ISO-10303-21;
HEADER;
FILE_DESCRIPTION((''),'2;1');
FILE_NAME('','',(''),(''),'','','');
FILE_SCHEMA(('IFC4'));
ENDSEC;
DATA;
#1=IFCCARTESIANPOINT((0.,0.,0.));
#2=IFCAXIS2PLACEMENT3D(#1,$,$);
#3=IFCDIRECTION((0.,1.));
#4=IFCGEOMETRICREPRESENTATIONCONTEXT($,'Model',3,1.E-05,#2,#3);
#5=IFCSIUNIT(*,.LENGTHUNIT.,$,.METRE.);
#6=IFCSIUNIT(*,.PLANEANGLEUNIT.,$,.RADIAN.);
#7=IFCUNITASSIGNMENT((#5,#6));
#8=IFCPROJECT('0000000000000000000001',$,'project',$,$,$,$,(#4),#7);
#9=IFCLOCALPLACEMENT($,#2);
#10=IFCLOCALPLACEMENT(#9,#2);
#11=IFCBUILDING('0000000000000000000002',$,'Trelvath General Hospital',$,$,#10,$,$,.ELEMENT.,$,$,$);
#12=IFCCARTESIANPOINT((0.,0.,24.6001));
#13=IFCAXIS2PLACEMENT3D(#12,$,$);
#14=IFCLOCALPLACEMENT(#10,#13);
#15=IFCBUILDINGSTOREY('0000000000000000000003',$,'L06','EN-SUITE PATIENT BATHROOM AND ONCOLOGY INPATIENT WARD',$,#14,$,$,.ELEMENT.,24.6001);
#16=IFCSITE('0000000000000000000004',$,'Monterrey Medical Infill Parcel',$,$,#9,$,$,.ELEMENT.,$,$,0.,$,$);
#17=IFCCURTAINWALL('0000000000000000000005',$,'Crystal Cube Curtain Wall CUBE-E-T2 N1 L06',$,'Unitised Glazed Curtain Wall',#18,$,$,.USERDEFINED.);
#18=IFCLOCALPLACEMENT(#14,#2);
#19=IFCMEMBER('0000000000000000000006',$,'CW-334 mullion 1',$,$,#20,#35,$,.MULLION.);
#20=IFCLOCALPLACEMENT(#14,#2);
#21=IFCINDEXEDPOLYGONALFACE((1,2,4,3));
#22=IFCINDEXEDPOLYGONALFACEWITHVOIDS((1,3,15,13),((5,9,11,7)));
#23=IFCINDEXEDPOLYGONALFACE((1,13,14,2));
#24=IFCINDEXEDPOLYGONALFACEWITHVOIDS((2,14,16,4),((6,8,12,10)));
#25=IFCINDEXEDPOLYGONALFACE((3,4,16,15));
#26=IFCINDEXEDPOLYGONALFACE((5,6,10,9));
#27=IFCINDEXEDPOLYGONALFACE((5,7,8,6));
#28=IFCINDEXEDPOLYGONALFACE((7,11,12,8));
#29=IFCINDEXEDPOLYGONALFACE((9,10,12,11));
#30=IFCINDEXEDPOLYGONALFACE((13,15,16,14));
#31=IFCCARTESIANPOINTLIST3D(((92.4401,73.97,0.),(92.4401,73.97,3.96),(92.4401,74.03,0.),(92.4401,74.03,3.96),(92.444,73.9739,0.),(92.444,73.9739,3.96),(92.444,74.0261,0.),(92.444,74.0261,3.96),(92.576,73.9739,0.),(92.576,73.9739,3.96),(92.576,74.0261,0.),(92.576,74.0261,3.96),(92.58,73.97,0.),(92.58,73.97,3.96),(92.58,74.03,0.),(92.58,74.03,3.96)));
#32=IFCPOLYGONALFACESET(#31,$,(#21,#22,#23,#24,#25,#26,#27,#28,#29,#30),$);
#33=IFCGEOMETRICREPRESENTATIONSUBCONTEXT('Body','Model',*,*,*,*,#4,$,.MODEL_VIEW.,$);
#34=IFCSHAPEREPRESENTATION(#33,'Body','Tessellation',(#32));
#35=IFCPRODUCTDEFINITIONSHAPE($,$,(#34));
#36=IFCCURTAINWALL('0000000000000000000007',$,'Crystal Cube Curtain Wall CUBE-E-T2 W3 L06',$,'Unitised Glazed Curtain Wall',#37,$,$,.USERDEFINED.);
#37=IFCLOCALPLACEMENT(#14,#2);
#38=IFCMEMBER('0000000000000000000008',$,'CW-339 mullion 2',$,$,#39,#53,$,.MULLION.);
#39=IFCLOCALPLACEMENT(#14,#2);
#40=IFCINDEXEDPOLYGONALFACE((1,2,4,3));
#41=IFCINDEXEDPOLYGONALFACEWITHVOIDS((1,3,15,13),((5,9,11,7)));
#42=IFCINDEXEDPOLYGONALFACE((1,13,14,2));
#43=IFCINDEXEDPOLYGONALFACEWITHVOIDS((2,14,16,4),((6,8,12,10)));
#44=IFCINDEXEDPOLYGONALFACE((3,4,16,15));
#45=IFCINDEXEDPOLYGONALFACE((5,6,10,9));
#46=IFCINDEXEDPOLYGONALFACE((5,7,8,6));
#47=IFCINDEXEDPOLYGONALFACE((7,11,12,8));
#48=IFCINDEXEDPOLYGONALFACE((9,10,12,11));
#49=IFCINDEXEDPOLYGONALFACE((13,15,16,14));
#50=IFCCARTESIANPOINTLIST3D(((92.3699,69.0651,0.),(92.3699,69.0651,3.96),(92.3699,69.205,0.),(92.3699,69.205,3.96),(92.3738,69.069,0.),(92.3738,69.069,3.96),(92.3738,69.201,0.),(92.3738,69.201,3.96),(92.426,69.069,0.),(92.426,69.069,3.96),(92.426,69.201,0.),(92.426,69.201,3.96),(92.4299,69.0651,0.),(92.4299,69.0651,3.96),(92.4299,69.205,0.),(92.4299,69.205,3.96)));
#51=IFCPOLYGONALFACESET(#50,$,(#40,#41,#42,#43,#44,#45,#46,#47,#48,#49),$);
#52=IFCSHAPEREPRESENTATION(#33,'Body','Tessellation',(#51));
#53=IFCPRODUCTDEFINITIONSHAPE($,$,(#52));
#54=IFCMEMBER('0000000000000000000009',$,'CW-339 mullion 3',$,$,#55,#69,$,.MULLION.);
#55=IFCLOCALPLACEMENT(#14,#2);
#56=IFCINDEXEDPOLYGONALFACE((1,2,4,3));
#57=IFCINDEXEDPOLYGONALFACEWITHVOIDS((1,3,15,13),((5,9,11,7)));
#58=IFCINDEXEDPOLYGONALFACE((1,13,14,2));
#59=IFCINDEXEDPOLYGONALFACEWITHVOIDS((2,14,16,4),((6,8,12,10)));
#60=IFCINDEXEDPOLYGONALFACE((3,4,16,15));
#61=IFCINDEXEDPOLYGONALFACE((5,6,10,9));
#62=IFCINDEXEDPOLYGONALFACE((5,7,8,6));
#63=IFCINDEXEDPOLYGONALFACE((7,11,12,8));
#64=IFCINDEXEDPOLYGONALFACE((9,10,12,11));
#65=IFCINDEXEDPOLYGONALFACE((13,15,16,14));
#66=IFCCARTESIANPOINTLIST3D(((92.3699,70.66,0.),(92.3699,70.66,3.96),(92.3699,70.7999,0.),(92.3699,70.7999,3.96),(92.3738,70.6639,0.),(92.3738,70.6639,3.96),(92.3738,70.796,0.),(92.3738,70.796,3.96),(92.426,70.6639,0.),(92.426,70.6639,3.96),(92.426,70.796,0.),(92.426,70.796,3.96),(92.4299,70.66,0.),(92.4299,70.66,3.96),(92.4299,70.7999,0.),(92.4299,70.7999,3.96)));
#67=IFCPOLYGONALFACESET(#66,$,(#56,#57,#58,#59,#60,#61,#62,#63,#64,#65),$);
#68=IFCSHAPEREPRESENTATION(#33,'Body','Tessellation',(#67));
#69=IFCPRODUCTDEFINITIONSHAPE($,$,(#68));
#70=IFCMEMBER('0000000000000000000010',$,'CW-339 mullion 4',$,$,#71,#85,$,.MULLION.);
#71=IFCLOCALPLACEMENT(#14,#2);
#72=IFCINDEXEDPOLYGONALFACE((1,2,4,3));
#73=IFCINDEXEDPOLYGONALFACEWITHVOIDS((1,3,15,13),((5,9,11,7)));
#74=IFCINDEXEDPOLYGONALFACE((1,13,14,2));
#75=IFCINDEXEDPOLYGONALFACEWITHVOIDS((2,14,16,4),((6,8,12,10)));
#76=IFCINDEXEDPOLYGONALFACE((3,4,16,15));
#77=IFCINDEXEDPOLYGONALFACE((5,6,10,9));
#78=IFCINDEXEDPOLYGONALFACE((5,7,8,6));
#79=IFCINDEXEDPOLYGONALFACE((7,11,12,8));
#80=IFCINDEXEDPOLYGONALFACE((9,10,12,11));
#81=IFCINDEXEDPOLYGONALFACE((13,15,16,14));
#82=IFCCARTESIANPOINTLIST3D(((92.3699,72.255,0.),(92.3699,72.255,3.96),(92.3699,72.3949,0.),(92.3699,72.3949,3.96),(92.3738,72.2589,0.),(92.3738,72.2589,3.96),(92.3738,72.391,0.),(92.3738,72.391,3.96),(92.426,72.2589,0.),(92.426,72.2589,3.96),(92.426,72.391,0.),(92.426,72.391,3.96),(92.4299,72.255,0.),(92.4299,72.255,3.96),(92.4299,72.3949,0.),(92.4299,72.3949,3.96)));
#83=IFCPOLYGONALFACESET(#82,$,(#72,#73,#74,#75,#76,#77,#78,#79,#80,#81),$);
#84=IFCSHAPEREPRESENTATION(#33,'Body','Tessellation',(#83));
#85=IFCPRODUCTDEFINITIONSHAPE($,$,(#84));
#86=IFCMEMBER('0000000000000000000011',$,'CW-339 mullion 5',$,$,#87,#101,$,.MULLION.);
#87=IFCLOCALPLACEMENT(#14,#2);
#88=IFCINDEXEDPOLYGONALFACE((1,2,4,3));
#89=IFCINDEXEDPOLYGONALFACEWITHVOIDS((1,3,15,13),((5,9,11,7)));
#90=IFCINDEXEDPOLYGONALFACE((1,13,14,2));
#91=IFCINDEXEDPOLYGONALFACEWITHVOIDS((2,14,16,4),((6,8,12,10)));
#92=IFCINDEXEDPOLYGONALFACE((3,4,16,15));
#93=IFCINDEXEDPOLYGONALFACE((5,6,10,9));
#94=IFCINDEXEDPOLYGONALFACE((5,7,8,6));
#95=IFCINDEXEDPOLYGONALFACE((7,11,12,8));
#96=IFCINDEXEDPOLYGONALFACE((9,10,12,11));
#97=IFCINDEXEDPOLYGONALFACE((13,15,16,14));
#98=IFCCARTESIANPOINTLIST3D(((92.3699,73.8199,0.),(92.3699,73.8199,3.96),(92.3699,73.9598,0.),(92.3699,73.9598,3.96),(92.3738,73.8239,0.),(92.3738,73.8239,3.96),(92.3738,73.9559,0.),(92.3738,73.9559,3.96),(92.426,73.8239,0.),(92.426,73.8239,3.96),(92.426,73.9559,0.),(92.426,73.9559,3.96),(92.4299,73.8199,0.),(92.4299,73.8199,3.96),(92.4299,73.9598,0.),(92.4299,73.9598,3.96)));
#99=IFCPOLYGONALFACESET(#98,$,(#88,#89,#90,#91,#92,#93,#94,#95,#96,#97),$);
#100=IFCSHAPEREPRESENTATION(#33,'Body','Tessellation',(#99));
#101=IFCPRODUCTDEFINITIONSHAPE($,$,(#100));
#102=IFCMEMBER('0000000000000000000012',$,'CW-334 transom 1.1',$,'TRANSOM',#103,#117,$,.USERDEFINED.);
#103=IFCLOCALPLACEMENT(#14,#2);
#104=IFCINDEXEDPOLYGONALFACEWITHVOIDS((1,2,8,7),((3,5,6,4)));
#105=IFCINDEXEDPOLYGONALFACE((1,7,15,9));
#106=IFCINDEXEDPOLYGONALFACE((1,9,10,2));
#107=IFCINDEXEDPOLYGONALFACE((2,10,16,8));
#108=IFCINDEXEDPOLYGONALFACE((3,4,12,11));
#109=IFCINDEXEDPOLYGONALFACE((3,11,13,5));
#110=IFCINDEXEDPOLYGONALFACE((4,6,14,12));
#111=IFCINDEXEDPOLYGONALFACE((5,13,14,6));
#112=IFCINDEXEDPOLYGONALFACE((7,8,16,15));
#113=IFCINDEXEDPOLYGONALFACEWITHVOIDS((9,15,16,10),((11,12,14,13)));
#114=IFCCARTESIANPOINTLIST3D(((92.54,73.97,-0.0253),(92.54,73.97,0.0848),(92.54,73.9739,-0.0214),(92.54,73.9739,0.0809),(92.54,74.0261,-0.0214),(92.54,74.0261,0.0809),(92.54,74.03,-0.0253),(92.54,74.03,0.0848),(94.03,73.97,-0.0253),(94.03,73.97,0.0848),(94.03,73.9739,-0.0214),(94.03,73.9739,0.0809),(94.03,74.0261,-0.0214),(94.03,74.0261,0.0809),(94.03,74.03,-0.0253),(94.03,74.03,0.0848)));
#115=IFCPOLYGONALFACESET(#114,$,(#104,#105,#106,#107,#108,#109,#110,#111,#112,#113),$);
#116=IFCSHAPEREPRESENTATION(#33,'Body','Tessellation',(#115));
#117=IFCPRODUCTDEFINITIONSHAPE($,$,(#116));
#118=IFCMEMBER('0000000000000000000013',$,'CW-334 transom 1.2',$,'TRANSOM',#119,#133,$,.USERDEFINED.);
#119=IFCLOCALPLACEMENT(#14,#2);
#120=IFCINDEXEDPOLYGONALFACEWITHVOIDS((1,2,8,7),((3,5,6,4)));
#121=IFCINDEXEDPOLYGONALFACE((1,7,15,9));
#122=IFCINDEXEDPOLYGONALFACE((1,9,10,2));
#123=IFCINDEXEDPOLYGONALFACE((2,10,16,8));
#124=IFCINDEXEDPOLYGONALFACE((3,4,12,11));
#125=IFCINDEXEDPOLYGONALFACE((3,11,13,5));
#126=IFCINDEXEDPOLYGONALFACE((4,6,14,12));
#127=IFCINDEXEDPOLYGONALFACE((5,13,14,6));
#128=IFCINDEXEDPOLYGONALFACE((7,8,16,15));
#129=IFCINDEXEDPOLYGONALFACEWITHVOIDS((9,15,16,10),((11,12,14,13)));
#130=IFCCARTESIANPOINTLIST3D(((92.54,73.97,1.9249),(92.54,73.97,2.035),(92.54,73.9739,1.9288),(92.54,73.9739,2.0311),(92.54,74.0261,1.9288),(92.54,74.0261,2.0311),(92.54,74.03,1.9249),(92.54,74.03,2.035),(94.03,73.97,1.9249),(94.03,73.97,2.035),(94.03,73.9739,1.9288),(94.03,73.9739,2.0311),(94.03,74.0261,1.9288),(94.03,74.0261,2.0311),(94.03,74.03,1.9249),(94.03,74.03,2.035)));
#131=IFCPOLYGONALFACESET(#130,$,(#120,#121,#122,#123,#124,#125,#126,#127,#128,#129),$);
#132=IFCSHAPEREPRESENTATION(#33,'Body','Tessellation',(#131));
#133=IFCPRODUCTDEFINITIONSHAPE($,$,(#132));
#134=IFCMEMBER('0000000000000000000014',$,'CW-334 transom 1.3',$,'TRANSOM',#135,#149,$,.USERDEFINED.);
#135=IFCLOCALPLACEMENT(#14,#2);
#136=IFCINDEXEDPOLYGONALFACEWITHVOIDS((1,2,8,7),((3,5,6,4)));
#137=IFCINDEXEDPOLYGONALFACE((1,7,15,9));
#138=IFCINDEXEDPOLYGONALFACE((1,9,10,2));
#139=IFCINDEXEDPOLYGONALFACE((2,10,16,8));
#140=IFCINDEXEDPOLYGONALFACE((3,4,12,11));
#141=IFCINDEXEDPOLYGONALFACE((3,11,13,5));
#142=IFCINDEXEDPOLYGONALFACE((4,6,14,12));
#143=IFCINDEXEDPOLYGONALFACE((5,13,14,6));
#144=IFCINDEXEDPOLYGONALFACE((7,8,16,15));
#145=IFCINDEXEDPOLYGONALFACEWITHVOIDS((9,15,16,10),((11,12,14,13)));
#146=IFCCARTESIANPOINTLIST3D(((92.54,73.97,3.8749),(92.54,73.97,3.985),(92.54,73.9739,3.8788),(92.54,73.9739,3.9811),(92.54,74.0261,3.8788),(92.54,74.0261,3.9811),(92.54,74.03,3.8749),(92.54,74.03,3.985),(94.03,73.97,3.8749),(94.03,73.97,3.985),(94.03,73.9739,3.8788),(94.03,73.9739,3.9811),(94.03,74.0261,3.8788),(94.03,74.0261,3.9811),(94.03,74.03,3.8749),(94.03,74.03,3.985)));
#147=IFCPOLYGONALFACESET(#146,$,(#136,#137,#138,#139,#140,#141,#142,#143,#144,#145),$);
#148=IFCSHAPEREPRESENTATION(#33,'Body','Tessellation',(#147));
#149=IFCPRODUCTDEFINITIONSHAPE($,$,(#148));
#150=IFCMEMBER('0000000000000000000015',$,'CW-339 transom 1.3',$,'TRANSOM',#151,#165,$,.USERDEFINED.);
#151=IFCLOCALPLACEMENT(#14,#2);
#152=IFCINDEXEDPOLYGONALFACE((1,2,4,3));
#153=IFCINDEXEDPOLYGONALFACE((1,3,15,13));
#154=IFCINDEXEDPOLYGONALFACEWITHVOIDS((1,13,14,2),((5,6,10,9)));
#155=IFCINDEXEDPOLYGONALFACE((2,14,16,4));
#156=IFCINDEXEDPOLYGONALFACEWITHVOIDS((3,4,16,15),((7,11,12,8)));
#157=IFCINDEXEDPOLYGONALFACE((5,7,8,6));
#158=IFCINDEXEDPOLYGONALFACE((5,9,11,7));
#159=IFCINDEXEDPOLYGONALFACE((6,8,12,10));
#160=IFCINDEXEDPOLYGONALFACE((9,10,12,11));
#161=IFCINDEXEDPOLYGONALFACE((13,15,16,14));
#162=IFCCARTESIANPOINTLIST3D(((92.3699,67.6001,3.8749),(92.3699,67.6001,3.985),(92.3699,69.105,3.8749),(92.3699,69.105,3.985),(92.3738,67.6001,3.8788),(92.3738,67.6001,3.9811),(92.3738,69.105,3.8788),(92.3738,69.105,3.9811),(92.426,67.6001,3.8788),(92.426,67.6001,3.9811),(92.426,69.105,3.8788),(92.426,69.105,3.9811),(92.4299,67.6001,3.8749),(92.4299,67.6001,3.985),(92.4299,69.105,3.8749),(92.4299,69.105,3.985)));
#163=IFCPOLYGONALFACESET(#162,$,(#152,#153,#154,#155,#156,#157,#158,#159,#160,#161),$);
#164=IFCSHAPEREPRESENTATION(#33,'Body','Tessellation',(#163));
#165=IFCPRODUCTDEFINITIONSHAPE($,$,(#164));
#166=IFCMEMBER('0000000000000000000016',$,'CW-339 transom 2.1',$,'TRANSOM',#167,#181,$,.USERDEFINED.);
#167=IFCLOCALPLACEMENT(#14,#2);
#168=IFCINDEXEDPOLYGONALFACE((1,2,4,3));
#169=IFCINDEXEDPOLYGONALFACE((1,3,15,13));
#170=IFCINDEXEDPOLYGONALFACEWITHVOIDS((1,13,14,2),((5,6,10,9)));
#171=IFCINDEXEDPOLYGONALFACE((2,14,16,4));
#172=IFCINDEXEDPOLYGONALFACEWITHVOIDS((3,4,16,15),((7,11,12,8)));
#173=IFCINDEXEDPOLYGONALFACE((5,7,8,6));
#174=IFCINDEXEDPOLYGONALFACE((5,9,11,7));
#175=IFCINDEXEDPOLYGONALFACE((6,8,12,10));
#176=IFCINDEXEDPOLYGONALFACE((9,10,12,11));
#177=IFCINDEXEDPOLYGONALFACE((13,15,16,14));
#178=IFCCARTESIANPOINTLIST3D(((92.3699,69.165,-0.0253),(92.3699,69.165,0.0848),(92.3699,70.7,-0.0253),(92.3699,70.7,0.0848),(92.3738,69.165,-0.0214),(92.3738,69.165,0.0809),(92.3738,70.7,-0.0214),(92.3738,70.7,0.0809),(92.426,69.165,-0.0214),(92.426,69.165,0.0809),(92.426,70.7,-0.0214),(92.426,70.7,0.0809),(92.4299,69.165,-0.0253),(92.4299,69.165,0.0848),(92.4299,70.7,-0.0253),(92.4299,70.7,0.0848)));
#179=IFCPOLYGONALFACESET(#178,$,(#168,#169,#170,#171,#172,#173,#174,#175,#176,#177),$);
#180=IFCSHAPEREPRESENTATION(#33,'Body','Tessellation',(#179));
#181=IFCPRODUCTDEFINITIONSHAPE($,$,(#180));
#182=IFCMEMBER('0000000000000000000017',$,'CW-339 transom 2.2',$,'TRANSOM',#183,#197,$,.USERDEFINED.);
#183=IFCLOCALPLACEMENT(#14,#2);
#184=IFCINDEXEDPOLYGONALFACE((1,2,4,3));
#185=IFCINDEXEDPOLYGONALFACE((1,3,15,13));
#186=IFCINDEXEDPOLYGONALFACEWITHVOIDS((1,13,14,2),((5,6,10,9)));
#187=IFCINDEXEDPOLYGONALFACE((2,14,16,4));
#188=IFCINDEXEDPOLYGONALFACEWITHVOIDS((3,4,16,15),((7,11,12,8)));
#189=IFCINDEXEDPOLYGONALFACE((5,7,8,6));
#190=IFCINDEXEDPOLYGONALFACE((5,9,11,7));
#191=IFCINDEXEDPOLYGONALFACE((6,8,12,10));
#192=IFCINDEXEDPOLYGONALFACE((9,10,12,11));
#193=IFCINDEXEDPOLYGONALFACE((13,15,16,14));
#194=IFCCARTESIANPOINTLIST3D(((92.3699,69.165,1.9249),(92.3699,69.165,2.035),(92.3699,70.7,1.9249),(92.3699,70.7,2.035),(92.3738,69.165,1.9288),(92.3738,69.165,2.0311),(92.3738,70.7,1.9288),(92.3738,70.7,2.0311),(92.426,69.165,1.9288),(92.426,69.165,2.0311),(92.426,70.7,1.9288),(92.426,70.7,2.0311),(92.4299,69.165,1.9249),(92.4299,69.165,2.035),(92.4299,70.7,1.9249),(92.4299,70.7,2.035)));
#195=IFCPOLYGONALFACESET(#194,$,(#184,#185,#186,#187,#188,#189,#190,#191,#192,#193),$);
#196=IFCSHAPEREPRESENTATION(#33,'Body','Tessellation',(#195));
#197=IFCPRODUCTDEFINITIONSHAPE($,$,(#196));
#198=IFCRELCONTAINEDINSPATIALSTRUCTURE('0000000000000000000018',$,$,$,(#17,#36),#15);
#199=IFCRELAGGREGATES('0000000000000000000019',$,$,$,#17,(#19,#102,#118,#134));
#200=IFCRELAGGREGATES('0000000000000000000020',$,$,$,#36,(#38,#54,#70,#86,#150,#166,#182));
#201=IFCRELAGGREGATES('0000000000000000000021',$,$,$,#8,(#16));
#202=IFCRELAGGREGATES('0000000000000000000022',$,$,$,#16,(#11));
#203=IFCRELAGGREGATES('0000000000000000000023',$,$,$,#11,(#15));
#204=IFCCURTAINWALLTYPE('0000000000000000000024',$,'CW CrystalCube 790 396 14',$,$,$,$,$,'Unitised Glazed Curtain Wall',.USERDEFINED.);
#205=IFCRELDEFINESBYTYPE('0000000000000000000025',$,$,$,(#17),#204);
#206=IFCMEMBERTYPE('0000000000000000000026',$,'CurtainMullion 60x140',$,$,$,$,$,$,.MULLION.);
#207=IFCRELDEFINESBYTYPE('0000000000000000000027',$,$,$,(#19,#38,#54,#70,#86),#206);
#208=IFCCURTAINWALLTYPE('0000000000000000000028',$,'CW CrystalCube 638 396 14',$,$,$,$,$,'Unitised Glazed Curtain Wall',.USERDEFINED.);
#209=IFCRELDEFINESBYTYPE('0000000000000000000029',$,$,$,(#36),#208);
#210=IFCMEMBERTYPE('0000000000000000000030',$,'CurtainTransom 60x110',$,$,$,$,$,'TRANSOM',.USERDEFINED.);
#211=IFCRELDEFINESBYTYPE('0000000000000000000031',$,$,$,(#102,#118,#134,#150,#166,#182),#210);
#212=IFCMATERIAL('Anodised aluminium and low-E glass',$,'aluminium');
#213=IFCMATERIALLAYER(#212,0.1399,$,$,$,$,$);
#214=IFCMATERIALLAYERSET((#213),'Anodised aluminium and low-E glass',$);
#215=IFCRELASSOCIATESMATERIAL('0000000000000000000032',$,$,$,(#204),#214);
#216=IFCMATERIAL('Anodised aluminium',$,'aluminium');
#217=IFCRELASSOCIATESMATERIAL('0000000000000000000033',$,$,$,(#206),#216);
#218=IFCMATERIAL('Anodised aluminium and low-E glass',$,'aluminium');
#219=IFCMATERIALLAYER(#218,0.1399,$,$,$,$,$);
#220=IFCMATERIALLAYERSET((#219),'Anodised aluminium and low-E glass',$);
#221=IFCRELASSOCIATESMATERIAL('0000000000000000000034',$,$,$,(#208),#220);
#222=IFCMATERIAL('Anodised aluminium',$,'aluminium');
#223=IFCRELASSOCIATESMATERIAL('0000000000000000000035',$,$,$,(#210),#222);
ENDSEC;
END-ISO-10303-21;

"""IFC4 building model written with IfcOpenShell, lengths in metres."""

from ifc_helpers import new_model, si_unit, direction, frame, origin, origin_2d, place, context, subcontext, project, spatial, hollow_rectangle, extrude, material, layer, layer_set, material_profile, profile_set, type_object, element, aggregate, save


model = new_model("IFC4")

# Units and contexts
model_context = context("Model", 3, precision=1e-05, world=origin(), true_north=direction((0.0, 1.0)))
body_context = subcontext(model_context, "Body", "Model", "MODEL_VIEW")
ifc_project = project(units=[si_unit("LENGTHUNIT", "METRE"), si_unit("PLANEANGLEUNIT", "RADIAN")], contexts=[model_context])

# Site, building, storey
site_placement = place(None, origin())
site = spatial("IfcSite", under=ifc_project, at=site_placement, Name="Monterrey Medical Infill Parcel", CompositionType="ELEMENT", RefElevation=0.0)
building_placement = place(site_placement, origin())
building = spatial("IfcBuilding", under=site, at=building_placement, Name="Trelvath General Hospital", CompositionType="ELEMENT")
storey_placement = place(building_placement, frame((0.0, 0.0, 24.6001)))
storey = spatial("IfcBuildingStorey", under=building, at=storey_placement, Name="L06", Description="EN-SUITE PATIENT BATHROOM AND ONCOLOGY INPATIENT WARD", CompositionType="ELEMENT", Elevation=24.6001)

# Curtain wall, member
ifc_material_1 = material(Name="Anodised aluminium and low-E glass", Category="aluminium")
ifc_layer_1 = layer(ifc_material_1, 0.1399)
ifc_layer_set_1 = layer_set([ifc_layer_1], Name="Anodised aluminium and low-E glass")
curtain_wall_type_1 = type_object("IfcCurtainWallType", Name="CW CrystalCube 790 396 14", ElementType="Unitised Glazed Curtain Wall", PredefinedType="USERDEFINED", material=ifc_layer_set_1)
curtain_wall_1_placement = place(storey_placement, origin())
curtain_wall_1 = element("IfcCurtainWall", 1, at=curtain_wall_1_placement, inside=storey, type_object=curtain_wall_type_1, Name="Crystal Cube Curtain Wall CUBE-E-T2 N1 L06", ObjectType="Unitised Glazed Curtain Wall", PredefinedType="USERDEFINED")
ifc_material_2 = material(Name="Anodised aluminium", Category="aluminium")
ifc_material_profile_1 = material_profile(ifc_material_2, hollow_rectangle(XDim=0.0601, YDim=0.1399, WallThickness=0.0039, at=origin_2d()), Name="RHS60x140x4")
ifc_profile_set_1 = profile_set([ifc_material_profile_1], Name="Anodised aluminium")
member_type_1 = type_object("IfcMemberType", Name="CurtainMullion 60x140", PredefinedType="MULLION", material=ifc_profile_set_1)
member_1_placement = place(storey_placement, frame((92.51, 74.0, 0.0), z_axis=(0.0, 0.0, 1.0), x_axis=(0.0, 1.0, 0.0)))
member_1 = element("IfcMember", 2, at=member_1_placement, type_object=member_type_1, Name="CW-334 mullion 1", PredefinedType="MULLION", context=body_context, shape_type="SweptSolid", body=[
    extrude(hollow_rectangle(XDim=0.0601, YDim=0.1399, WallThickness=0.0039, at=origin_2d()), origin(), (0.0, 0.0, 1.0), 3.96),
])

# Curtain wall, members
ifc_material_3 = material(Name="Anodised aluminium and low-E glass", Category="aluminium")
ifc_layer_2 = layer(ifc_material_3, 0.1399)
ifc_layer_set_2 = layer_set([ifc_layer_2], Name="Anodised aluminium and low-E glass")
curtain_wall_type_2 = type_object("IfcCurtainWallType", Name="CW CrystalCube 638 396 14", ElementType="Unitised Glazed Curtain Wall", PredefinedType="USERDEFINED", material=ifc_layer_set_2)
curtain_wall_2_placement = place(storey_placement, origin())
curtain_wall_2 = element("IfcCurtainWall", 3, at=curtain_wall_2_placement, inside=storey, type_object=curtain_wall_type_2, Name="Crystal Cube Curtain Wall CUBE-E-T2 W3 L06", ObjectType="Unitised Glazed Curtain Wall", PredefinedType="USERDEFINED")
member_2_placement = place(storey_placement, frame((92.3999, 69.135, 0.0), z_axis=(0.0, 0.0, 1.0), x_axis=(-1.0, 0.0, 0.0)))
member_2 = element("IfcMember", 4, at=member_2_placement, type_object=member_type_1, Name="CW-339 mullion 2", PredefinedType="MULLION", context=body_context, shape_type="SweptSolid", body=[
    extrude(hollow_rectangle(XDim=0.0601, YDim=0.1399, WallThickness=0.0039, at=origin_2d()), origin(), (0.0, 0.0, 1.0), 3.96),
])
member_3_placement = place(storey_placement, frame((92.3999, 70.73, 0.0), z_axis=(0.0, 0.0, 1.0), x_axis=(-1.0, 0.0, 0.0)))
member_3 = element("IfcMember", 5, at=member_3_placement, type_object=member_type_1, Name="CW-339 mullion 3", PredefinedType="MULLION", context=body_context, shape_type="SweptSolid", body=[
    extrude(hollow_rectangle(XDim=0.0601, YDim=0.1399, WallThickness=0.0039, at=origin_2d()), origin(), (0.0, 0.0, 1.0), 3.96),
])
member_4_placement = place(storey_placement, frame((92.3999, 72.325, 0.0), z_axis=(0.0, 0.0, 1.0), x_axis=(-1.0, 0.0, 0.0)))
member_4 = element("IfcMember", 6, at=member_4_placement, type_object=member_type_1, Name="CW-339 mullion 4", PredefinedType="MULLION", context=body_context, shape_type="SweptSolid", body=[
    extrude(hollow_rectangle(XDim=0.0601, YDim=0.1399, WallThickness=0.0039, at=origin_2d()), origin(), (0.0, 0.0, 1.0), 3.96),
])
member_5_placement = place(storey_placement, frame((92.3999, 73.8899, 0.0), z_axis=(0.0, 0.0, 1.0), x_axis=(-1.0, 0.0, 0.0)))
member_5 = element("IfcMember", 7, at=member_5_placement, type_object=member_type_1, Name="CW-339 mullion 5", PredefinedType="MULLION", context=body_context, shape_type="SweptSolid", body=[
    extrude(hollow_rectangle(XDim=0.0601, YDim=0.1399, WallThickness=0.0039, at=origin_2d()), origin(), (0.0, 0.0, 1.0), 3.96),
])

# Members
ifc_material_4 = material(Name="Anodised aluminium", Category="aluminium")
ifc_material_profile_2 = material_profile(ifc_material_4, hollow_rectangle(XDim=0.0601, YDim=0.1101, WallThickness=0.0039, at=origin_2d()), Name="RHS60x110x4")
ifc_profile_set_2 = profile_set([ifc_material_profile_2], Name="Anodised aluminium")
member_type_2 = type_object("IfcMemberType", Name="CurtainTransom 60x110", ElementType="TRANSOM", PredefinedType="USERDEFINED", material=ifc_profile_set_2)
member_6_placement = place(storey_placement, frame((92.54, 74.0, 0.0298), z_axis=(1.0, 0.0, 0.0), x_axis=(0.0, 1.0, 0.0)))
member_6 = element("IfcMember", 8, at=member_6_placement, type_object=member_type_2, Name="CW-334 transom 1.1", ObjectType="TRANSOM", PredefinedType="USERDEFINED", context=body_context, shape_type="SweptSolid", body=[
    extrude(hollow_rectangle(XDim=0.0601, YDim=0.1101, WallThickness=0.0039, at=origin_2d()), origin(), (0.0, 0.0, 1.0), 1.49),
])
member_7_placement = place(storey_placement, frame((92.54, 74.0, 1.98), z_axis=(1.0, 0.0, 0.0), x_axis=(0.0, 1.0, 0.0)))
member_7 = element("IfcMember", 9, at=member_7_placement, type_object=member_type_2, Name="CW-334 transom 1.2", ObjectType="TRANSOM", PredefinedType="USERDEFINED", context=body_context, shape_type="SweptSolid", body=[
    extrude(hollow_rectangle(XDim=0.0601, YDim=0.1101, WallThickness=0.0039, at=origin_2d()), origin(), (0.0, 0.0, 1.0), 1.49),
])
member_8_placement = place(storey_placement, frame((92.54, 74.0, 3.9299), z_axis=(1.0, 0.0, 0.0), x_axis=(0.0, 1.0, 0.0)))
member_8 = element("IfcMember", 10, at=member_8_placement, type_object=member_type_2, Name="CW-334 transom 1.3", ObjectType="TRANSOM", PredefinedType="USERDEFINED", context=body_context, shape_type="SweptSolid", body=[
    extrude(hollow_rectangle(XDim=0.0601, YDim=0.1101, WallThickness=0.0039, at=origin_2d()), origin(), (0.0, 0.0, 1.0), 1.49),
])
aggregate(curtain_wall_1, [member_1, member_6, member_7, member_8])
member_9_placement = place(storey_placement, frame((92.3999, 67.6001, 3.9299), z_axis=(0.0, 1.0, 0.0), x_axis=(-1.0, 0.0, 0.0)))
member_9 = element("IfcMember", 11, at=member_9_placement, type_object=member_type_2, Name="CW-339 transom 1.3", ObjectType="TRANSOM", PredefinedType="USERDEFINED", context=body_context, shape_type="SweptSolid", body=[
    extrude(hollow_rectangle(XDim=0.0601, YDim=0.1101, WallThickness=0.0039, at=origin_2d()), origin(), (0.0, 0.0, 1.0), 1.5049),
])
member_10_placement = place(storey_placement, frame((92.3999, 69.165, 0.0298), z_axis=(0.0, 1.0, 0.0), x_axis=(-1.0, 0.0, 0.0)))
member_10 = element("IfcMember", 12, at=member_10_placement, type_object=member_type_2, Name="CW-339 transom 2.1", ObjectType="TRANSOM", PredefinedType="USERDEFINED", context=body_context, shape_type="SweptSolid", body=[
    extrude(hollow_rectangle(XDim=0.0601, YDim=0.1101, WallThickness=0.0039, at=origin_2d()), origin(), (0.0, 0.0, 1.0), 1.5349),
])
member_11_placement = place(storey_placement, frame((92.3999, 69.165, 1.98), z_axis=(0.0, 1.0, 0.0), x_axis=(-1.0, 0.0, 0.0)))
member_11 = element("IfcMember", 13, at=member_11_placement, type_object=member_type_2, Name="CW-339 transom 2.2", ObjectType="TRANSOM", PredefinedType="USERDEFINED", context=body_context, shape_type="SweptSolid", body=[
    extrude(hollow_rectangle(XDim=0.0601, YDim=0.1101, WallThickness=0.0039, at=origin_2d()), origin(), (0.0, 0.0, 1.0), 1.5349),
])

aggregate(curtain_wall_2, [member_2, member_3, member_4, member_5, member_9, member_10, member_11])

save(model, "model.ifc")
